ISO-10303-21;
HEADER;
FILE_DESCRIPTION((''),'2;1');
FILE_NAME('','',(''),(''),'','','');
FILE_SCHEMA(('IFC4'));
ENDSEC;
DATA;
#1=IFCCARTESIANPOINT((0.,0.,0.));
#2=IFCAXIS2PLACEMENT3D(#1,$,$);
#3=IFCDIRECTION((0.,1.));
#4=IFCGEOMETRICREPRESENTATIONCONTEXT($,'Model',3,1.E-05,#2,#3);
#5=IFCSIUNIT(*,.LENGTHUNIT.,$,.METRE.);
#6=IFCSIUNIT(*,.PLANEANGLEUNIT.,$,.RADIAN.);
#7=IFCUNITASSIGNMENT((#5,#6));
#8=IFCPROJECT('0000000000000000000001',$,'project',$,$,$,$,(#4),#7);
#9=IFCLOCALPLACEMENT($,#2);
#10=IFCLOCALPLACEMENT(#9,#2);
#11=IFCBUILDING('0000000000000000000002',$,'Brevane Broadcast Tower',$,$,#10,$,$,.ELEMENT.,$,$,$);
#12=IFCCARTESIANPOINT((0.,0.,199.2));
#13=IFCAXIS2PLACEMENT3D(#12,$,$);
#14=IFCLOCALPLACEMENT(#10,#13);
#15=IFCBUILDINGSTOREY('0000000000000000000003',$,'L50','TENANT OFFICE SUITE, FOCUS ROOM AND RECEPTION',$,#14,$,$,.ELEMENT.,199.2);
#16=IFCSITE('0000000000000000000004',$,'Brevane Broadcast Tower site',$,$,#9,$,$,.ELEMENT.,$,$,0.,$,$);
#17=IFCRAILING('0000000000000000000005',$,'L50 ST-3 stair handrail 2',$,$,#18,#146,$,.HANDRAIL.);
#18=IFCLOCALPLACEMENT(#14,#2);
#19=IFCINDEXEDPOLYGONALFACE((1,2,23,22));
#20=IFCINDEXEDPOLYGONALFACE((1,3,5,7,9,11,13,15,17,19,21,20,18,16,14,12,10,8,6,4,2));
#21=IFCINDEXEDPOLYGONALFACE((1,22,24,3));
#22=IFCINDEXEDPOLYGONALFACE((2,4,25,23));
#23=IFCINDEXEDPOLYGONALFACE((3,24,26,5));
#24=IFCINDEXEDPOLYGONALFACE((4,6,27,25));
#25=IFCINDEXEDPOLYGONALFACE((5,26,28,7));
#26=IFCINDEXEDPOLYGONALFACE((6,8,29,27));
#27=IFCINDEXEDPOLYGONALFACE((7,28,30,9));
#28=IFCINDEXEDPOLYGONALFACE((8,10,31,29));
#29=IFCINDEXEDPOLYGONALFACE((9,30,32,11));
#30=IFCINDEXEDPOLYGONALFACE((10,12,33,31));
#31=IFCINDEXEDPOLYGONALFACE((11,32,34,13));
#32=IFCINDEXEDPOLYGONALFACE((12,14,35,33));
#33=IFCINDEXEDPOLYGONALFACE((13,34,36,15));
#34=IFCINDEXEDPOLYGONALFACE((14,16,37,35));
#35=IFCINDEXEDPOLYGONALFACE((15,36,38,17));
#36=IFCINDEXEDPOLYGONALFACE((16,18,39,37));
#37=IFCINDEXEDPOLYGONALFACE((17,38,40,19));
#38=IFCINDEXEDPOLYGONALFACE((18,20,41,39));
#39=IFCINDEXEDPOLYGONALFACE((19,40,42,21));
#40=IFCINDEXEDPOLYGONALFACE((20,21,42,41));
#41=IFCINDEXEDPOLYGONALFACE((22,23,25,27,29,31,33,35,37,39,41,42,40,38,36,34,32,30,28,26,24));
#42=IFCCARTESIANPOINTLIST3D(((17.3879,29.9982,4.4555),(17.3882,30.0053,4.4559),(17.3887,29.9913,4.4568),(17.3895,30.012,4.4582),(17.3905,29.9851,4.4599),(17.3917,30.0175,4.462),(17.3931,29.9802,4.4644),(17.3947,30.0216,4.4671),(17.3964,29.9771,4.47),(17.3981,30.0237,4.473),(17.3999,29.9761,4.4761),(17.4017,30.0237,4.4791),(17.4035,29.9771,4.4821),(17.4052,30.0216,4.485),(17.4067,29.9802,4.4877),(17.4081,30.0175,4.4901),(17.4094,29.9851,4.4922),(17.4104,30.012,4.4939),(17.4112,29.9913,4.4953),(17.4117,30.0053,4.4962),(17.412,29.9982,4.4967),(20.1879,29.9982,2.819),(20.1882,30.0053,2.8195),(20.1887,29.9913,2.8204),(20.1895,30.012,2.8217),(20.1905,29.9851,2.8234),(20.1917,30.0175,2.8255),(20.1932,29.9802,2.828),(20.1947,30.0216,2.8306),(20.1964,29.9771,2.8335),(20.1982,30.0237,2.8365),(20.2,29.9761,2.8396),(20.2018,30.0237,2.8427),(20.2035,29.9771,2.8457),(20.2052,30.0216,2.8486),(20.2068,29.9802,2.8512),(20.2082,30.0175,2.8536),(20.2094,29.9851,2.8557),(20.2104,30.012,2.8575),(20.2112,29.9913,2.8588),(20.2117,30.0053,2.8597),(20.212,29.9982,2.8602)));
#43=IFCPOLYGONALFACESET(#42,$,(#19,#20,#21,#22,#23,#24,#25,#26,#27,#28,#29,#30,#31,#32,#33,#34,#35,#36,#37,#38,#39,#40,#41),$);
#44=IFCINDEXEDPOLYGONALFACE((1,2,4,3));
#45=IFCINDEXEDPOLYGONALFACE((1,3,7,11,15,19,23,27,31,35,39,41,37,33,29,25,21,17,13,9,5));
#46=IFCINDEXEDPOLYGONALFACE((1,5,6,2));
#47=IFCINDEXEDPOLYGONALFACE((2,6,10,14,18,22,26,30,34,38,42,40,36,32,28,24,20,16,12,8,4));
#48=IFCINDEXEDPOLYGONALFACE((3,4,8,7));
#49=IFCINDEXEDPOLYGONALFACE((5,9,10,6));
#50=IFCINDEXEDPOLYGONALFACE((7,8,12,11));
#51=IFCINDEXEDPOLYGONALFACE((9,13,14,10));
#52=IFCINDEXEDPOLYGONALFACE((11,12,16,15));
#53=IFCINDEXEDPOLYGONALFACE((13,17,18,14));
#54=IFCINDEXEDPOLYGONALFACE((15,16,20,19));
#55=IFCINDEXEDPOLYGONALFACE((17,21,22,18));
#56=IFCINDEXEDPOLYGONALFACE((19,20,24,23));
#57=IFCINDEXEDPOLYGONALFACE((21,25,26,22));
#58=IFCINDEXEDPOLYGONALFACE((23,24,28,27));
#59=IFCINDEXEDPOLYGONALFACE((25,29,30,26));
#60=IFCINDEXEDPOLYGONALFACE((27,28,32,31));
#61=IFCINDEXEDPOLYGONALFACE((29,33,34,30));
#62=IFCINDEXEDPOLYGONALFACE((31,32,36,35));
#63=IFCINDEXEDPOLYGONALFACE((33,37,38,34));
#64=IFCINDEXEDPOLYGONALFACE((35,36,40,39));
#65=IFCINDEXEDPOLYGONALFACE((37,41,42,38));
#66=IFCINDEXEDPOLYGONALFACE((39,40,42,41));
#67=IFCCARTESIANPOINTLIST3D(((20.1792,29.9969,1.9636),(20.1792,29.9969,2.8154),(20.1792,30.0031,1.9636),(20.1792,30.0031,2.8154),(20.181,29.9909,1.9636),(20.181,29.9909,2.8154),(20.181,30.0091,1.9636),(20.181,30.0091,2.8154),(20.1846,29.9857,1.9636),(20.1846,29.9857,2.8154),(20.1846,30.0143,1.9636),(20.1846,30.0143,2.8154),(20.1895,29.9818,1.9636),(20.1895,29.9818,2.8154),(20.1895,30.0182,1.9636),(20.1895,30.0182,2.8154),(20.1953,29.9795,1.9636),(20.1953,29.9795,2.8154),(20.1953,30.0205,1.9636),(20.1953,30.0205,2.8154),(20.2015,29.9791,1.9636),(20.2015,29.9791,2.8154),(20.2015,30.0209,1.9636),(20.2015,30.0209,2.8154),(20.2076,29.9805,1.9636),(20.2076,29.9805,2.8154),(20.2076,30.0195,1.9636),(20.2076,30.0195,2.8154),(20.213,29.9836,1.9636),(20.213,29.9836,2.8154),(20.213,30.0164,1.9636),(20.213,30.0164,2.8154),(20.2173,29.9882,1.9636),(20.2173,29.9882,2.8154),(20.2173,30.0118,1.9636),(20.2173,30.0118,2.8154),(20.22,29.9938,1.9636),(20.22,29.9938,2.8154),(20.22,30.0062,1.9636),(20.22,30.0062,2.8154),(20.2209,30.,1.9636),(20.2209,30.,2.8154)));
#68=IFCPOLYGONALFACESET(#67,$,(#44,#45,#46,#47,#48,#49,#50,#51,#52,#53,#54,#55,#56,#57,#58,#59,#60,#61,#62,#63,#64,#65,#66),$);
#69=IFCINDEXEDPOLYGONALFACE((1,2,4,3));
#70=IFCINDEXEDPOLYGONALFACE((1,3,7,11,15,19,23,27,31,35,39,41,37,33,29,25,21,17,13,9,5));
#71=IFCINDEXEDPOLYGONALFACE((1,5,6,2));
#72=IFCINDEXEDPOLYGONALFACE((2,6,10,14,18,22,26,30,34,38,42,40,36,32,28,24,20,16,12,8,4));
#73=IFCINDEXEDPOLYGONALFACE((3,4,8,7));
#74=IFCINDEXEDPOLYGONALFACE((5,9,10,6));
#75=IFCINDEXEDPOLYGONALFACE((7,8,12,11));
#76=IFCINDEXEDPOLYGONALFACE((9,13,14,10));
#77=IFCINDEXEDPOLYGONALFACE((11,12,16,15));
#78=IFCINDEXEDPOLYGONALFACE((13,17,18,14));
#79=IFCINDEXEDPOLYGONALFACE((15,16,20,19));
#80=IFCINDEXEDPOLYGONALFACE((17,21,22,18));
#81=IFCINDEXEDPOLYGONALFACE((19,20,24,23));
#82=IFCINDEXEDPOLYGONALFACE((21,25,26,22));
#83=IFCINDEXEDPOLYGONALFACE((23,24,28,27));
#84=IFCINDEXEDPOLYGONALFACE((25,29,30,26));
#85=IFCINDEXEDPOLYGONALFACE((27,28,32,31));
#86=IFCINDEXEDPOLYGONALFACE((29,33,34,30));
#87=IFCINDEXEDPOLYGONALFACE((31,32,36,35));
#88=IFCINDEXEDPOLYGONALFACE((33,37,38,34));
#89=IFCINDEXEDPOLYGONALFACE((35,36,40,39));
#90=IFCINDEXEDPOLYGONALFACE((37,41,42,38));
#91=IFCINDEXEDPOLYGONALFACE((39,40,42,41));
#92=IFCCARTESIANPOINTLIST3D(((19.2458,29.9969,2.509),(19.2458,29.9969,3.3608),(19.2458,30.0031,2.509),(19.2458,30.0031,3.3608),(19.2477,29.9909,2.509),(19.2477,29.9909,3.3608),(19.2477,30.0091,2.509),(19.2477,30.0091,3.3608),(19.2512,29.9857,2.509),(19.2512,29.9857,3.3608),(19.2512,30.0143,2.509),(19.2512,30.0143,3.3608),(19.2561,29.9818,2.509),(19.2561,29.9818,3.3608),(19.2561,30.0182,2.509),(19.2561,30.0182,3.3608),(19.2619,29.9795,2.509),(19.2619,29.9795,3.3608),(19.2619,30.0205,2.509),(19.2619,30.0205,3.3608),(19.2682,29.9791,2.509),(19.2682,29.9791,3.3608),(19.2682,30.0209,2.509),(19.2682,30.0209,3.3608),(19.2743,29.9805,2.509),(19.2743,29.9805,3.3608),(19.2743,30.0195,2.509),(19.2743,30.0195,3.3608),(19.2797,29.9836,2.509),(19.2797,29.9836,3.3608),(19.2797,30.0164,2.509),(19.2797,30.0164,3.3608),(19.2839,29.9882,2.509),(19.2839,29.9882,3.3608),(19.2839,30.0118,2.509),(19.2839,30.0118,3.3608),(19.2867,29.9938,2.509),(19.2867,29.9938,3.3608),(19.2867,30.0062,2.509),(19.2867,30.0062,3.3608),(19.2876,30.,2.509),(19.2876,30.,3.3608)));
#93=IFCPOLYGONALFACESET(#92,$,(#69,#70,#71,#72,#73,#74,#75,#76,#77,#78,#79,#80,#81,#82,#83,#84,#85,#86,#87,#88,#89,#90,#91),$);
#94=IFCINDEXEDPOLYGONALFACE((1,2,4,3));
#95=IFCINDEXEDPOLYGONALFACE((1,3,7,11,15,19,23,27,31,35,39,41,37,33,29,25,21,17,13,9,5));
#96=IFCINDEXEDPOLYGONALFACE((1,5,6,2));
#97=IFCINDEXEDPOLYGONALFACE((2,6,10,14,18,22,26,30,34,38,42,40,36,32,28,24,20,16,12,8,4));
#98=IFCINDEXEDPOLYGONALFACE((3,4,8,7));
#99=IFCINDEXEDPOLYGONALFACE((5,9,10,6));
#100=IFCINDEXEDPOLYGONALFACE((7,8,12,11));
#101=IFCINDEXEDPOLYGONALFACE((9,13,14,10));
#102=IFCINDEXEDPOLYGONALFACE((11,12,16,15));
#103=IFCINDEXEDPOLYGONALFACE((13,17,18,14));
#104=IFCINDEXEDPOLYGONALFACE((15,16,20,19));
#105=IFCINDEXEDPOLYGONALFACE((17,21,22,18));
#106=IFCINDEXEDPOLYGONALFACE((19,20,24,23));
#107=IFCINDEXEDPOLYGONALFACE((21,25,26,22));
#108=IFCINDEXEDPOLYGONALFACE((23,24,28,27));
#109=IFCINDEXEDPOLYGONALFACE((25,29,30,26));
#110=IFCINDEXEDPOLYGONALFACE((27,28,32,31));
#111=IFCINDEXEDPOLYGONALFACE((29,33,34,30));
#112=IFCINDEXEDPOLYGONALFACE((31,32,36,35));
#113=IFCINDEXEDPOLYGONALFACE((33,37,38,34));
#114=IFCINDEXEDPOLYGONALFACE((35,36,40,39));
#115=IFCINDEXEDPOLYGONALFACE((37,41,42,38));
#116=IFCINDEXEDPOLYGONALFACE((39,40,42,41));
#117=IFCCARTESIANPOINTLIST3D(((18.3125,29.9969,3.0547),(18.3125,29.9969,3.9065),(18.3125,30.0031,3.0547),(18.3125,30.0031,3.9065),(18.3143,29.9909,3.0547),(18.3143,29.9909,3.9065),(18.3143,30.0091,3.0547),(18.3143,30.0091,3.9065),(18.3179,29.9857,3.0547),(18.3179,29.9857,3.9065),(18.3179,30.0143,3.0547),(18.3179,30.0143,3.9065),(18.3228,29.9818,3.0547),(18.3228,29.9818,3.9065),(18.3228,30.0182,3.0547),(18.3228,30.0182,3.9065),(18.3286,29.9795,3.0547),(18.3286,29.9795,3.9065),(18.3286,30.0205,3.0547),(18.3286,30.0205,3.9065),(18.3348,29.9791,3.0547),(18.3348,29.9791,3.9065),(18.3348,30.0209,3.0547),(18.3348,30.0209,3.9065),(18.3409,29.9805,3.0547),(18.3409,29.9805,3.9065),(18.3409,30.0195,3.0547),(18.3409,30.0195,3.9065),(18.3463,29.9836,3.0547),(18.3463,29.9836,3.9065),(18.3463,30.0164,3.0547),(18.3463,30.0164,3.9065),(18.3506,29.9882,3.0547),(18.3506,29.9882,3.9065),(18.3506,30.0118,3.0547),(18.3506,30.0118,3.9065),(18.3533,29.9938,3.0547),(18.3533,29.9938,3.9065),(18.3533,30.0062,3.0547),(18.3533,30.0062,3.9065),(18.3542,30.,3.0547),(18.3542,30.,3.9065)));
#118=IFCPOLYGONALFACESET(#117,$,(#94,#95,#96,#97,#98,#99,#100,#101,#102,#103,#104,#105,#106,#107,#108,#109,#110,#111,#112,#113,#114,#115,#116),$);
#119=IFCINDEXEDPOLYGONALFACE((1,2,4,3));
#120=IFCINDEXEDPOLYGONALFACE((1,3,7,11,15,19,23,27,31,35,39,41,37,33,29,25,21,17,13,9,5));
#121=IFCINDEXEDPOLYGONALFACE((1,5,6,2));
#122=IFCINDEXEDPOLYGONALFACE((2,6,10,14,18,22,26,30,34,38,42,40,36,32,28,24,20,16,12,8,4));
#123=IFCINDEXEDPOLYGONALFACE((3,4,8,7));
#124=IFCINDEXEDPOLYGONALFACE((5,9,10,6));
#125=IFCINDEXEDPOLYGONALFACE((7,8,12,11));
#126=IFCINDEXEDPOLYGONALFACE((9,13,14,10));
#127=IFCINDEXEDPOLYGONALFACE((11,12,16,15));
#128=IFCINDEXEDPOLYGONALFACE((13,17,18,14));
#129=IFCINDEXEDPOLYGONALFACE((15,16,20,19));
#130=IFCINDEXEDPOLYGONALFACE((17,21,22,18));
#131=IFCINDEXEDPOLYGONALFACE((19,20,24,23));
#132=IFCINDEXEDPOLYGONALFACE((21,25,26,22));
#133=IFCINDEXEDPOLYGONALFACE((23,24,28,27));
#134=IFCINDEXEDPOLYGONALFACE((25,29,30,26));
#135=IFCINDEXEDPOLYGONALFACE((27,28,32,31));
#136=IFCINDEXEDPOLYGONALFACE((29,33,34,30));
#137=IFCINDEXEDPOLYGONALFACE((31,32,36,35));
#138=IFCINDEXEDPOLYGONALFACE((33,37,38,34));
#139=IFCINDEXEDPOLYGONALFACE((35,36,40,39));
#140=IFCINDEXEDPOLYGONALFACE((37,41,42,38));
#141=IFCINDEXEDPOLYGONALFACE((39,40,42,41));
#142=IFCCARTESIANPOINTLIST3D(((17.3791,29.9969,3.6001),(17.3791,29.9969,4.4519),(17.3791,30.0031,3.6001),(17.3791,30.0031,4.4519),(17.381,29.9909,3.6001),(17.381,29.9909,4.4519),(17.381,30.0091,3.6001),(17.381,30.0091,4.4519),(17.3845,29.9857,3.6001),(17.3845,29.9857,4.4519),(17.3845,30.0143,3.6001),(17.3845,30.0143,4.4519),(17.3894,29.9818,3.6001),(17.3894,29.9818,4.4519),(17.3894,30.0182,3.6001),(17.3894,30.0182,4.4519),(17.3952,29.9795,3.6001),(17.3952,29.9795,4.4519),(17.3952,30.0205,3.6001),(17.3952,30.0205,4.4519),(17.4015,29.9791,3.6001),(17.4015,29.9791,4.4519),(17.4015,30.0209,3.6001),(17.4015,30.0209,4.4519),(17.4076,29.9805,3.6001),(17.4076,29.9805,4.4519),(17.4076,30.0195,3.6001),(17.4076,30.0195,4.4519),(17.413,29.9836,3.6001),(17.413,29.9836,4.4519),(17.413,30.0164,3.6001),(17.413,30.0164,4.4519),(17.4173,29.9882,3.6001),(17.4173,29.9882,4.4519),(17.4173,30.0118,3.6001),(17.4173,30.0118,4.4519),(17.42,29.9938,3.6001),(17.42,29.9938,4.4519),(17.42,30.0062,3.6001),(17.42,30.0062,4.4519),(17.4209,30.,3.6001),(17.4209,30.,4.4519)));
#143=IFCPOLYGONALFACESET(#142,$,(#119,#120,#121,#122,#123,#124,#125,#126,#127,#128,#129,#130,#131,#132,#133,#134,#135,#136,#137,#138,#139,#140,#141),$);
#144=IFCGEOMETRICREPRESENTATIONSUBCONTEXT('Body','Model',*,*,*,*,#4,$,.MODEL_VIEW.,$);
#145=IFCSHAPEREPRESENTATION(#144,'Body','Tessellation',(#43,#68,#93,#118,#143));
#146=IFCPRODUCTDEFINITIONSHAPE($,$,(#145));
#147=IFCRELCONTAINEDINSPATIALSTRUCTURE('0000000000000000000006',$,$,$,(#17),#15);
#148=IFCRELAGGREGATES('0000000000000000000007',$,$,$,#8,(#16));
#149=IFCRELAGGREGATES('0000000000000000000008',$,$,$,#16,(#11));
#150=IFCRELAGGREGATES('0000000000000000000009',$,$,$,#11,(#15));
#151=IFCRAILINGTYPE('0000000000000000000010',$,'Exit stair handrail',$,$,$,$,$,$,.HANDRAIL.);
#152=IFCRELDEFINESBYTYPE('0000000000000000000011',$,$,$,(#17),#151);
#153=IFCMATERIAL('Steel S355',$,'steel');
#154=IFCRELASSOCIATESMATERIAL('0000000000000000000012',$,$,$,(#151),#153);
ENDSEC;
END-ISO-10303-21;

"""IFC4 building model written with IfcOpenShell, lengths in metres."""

from ifc_helpers import new_model, si_unit, direction, frame, origin, origin_2d, place, context, subcontext, project, spatial, circle, extrude, material, type_object, element, save


model = new_model("IFC4")

# Units and contexts
model_context = context("Model", 3, precision=1e-05, world=origin(), true_north=direction((0.0, 1.0)))
body_context = subcontext(model_context, "Body", "Model", "MODEL_VIEW")
ifc_project = project(units=[si_unit("LENGTHUNIT", "METRE"), si_unit("PLANEANGLEUNIT", "RADIAN")], contexts=[model_context])

# Site, building, storey
site_placement = place(None, origin())
site = spatial("IfcSite", under=ifc_project, at=site_placement, Name="Brevane Broadcast Tower site", CompositionType="ELEMENT", RefElevation=0.0)
building_placement = place(site_placement, origin())
building = spatial("IfcBuilding", under=site, at=building_placement, Name="Brevane Broadcast Tower", CompositionType="ELEMENT")
storey_placement = place(building_placement, frame((0.0, 0.0, 199.2)))
storey = spatial("IfcBuildingStorey", under=building, at=storey_placement, Name="L50", Description="TENANT OFFICE SUITE, FOCUS ROOM AND RECEPTION", CompositionType="ELEMENT", Elevation=199.2)

# Railing
ifc_material_1 = material(Name="Steel S355", Category="steel")
railing_type_1 = type_object("IfcRailingType", Name="Exit stair handrail", PredefinedType="HANDRAIL", material=ifc_material_1)
railing_1_placement = place(storey_placement, frame((20.2, 30.0, 1.9636)))
element("IfcRailing", 1, at=railing_1_placement, inside=storey, type_object=railing_type_1, Name="L50 ST-3 stair handrail 2", PredefinedType="HANDRAIL", context=body_context, shape_type="SweptSolid", body=[
    extrude(circle(Radius=0.0239, at=origin_2d()), frame((0.0, 0.0, 0.876), z_axis=(-0.863361, 0.0, 0.504587), x_axis=(0.0, -1.0, 0.0)), (0.0, 0.0, 1.0), 3.2432),
    extrude(circle(Radius=0.021, at=origin_2d()), origin(), (0.0, 0.0, 1.0), 0.8518),
    extrude(circle(Radius=0.021, at=origin_2d()), frame((-0.9333, 0.0, 0.5454)), (0.0, 0.0, 1.0), 0.8518),
    extrude(circle(Radius=0.021, at=origin_2d()), frame((-1.8667, 0.0, 1.0911)), (0.0, 0.0, 1.0), 0.8518),
    extrude(circle(Radius=0.021, at=origin_2d()), frame((-2.8, 0.0, 1.6365)), (0.0, 0.0, 1.0), 0.8518),
])

save(model, "model.ifc")
